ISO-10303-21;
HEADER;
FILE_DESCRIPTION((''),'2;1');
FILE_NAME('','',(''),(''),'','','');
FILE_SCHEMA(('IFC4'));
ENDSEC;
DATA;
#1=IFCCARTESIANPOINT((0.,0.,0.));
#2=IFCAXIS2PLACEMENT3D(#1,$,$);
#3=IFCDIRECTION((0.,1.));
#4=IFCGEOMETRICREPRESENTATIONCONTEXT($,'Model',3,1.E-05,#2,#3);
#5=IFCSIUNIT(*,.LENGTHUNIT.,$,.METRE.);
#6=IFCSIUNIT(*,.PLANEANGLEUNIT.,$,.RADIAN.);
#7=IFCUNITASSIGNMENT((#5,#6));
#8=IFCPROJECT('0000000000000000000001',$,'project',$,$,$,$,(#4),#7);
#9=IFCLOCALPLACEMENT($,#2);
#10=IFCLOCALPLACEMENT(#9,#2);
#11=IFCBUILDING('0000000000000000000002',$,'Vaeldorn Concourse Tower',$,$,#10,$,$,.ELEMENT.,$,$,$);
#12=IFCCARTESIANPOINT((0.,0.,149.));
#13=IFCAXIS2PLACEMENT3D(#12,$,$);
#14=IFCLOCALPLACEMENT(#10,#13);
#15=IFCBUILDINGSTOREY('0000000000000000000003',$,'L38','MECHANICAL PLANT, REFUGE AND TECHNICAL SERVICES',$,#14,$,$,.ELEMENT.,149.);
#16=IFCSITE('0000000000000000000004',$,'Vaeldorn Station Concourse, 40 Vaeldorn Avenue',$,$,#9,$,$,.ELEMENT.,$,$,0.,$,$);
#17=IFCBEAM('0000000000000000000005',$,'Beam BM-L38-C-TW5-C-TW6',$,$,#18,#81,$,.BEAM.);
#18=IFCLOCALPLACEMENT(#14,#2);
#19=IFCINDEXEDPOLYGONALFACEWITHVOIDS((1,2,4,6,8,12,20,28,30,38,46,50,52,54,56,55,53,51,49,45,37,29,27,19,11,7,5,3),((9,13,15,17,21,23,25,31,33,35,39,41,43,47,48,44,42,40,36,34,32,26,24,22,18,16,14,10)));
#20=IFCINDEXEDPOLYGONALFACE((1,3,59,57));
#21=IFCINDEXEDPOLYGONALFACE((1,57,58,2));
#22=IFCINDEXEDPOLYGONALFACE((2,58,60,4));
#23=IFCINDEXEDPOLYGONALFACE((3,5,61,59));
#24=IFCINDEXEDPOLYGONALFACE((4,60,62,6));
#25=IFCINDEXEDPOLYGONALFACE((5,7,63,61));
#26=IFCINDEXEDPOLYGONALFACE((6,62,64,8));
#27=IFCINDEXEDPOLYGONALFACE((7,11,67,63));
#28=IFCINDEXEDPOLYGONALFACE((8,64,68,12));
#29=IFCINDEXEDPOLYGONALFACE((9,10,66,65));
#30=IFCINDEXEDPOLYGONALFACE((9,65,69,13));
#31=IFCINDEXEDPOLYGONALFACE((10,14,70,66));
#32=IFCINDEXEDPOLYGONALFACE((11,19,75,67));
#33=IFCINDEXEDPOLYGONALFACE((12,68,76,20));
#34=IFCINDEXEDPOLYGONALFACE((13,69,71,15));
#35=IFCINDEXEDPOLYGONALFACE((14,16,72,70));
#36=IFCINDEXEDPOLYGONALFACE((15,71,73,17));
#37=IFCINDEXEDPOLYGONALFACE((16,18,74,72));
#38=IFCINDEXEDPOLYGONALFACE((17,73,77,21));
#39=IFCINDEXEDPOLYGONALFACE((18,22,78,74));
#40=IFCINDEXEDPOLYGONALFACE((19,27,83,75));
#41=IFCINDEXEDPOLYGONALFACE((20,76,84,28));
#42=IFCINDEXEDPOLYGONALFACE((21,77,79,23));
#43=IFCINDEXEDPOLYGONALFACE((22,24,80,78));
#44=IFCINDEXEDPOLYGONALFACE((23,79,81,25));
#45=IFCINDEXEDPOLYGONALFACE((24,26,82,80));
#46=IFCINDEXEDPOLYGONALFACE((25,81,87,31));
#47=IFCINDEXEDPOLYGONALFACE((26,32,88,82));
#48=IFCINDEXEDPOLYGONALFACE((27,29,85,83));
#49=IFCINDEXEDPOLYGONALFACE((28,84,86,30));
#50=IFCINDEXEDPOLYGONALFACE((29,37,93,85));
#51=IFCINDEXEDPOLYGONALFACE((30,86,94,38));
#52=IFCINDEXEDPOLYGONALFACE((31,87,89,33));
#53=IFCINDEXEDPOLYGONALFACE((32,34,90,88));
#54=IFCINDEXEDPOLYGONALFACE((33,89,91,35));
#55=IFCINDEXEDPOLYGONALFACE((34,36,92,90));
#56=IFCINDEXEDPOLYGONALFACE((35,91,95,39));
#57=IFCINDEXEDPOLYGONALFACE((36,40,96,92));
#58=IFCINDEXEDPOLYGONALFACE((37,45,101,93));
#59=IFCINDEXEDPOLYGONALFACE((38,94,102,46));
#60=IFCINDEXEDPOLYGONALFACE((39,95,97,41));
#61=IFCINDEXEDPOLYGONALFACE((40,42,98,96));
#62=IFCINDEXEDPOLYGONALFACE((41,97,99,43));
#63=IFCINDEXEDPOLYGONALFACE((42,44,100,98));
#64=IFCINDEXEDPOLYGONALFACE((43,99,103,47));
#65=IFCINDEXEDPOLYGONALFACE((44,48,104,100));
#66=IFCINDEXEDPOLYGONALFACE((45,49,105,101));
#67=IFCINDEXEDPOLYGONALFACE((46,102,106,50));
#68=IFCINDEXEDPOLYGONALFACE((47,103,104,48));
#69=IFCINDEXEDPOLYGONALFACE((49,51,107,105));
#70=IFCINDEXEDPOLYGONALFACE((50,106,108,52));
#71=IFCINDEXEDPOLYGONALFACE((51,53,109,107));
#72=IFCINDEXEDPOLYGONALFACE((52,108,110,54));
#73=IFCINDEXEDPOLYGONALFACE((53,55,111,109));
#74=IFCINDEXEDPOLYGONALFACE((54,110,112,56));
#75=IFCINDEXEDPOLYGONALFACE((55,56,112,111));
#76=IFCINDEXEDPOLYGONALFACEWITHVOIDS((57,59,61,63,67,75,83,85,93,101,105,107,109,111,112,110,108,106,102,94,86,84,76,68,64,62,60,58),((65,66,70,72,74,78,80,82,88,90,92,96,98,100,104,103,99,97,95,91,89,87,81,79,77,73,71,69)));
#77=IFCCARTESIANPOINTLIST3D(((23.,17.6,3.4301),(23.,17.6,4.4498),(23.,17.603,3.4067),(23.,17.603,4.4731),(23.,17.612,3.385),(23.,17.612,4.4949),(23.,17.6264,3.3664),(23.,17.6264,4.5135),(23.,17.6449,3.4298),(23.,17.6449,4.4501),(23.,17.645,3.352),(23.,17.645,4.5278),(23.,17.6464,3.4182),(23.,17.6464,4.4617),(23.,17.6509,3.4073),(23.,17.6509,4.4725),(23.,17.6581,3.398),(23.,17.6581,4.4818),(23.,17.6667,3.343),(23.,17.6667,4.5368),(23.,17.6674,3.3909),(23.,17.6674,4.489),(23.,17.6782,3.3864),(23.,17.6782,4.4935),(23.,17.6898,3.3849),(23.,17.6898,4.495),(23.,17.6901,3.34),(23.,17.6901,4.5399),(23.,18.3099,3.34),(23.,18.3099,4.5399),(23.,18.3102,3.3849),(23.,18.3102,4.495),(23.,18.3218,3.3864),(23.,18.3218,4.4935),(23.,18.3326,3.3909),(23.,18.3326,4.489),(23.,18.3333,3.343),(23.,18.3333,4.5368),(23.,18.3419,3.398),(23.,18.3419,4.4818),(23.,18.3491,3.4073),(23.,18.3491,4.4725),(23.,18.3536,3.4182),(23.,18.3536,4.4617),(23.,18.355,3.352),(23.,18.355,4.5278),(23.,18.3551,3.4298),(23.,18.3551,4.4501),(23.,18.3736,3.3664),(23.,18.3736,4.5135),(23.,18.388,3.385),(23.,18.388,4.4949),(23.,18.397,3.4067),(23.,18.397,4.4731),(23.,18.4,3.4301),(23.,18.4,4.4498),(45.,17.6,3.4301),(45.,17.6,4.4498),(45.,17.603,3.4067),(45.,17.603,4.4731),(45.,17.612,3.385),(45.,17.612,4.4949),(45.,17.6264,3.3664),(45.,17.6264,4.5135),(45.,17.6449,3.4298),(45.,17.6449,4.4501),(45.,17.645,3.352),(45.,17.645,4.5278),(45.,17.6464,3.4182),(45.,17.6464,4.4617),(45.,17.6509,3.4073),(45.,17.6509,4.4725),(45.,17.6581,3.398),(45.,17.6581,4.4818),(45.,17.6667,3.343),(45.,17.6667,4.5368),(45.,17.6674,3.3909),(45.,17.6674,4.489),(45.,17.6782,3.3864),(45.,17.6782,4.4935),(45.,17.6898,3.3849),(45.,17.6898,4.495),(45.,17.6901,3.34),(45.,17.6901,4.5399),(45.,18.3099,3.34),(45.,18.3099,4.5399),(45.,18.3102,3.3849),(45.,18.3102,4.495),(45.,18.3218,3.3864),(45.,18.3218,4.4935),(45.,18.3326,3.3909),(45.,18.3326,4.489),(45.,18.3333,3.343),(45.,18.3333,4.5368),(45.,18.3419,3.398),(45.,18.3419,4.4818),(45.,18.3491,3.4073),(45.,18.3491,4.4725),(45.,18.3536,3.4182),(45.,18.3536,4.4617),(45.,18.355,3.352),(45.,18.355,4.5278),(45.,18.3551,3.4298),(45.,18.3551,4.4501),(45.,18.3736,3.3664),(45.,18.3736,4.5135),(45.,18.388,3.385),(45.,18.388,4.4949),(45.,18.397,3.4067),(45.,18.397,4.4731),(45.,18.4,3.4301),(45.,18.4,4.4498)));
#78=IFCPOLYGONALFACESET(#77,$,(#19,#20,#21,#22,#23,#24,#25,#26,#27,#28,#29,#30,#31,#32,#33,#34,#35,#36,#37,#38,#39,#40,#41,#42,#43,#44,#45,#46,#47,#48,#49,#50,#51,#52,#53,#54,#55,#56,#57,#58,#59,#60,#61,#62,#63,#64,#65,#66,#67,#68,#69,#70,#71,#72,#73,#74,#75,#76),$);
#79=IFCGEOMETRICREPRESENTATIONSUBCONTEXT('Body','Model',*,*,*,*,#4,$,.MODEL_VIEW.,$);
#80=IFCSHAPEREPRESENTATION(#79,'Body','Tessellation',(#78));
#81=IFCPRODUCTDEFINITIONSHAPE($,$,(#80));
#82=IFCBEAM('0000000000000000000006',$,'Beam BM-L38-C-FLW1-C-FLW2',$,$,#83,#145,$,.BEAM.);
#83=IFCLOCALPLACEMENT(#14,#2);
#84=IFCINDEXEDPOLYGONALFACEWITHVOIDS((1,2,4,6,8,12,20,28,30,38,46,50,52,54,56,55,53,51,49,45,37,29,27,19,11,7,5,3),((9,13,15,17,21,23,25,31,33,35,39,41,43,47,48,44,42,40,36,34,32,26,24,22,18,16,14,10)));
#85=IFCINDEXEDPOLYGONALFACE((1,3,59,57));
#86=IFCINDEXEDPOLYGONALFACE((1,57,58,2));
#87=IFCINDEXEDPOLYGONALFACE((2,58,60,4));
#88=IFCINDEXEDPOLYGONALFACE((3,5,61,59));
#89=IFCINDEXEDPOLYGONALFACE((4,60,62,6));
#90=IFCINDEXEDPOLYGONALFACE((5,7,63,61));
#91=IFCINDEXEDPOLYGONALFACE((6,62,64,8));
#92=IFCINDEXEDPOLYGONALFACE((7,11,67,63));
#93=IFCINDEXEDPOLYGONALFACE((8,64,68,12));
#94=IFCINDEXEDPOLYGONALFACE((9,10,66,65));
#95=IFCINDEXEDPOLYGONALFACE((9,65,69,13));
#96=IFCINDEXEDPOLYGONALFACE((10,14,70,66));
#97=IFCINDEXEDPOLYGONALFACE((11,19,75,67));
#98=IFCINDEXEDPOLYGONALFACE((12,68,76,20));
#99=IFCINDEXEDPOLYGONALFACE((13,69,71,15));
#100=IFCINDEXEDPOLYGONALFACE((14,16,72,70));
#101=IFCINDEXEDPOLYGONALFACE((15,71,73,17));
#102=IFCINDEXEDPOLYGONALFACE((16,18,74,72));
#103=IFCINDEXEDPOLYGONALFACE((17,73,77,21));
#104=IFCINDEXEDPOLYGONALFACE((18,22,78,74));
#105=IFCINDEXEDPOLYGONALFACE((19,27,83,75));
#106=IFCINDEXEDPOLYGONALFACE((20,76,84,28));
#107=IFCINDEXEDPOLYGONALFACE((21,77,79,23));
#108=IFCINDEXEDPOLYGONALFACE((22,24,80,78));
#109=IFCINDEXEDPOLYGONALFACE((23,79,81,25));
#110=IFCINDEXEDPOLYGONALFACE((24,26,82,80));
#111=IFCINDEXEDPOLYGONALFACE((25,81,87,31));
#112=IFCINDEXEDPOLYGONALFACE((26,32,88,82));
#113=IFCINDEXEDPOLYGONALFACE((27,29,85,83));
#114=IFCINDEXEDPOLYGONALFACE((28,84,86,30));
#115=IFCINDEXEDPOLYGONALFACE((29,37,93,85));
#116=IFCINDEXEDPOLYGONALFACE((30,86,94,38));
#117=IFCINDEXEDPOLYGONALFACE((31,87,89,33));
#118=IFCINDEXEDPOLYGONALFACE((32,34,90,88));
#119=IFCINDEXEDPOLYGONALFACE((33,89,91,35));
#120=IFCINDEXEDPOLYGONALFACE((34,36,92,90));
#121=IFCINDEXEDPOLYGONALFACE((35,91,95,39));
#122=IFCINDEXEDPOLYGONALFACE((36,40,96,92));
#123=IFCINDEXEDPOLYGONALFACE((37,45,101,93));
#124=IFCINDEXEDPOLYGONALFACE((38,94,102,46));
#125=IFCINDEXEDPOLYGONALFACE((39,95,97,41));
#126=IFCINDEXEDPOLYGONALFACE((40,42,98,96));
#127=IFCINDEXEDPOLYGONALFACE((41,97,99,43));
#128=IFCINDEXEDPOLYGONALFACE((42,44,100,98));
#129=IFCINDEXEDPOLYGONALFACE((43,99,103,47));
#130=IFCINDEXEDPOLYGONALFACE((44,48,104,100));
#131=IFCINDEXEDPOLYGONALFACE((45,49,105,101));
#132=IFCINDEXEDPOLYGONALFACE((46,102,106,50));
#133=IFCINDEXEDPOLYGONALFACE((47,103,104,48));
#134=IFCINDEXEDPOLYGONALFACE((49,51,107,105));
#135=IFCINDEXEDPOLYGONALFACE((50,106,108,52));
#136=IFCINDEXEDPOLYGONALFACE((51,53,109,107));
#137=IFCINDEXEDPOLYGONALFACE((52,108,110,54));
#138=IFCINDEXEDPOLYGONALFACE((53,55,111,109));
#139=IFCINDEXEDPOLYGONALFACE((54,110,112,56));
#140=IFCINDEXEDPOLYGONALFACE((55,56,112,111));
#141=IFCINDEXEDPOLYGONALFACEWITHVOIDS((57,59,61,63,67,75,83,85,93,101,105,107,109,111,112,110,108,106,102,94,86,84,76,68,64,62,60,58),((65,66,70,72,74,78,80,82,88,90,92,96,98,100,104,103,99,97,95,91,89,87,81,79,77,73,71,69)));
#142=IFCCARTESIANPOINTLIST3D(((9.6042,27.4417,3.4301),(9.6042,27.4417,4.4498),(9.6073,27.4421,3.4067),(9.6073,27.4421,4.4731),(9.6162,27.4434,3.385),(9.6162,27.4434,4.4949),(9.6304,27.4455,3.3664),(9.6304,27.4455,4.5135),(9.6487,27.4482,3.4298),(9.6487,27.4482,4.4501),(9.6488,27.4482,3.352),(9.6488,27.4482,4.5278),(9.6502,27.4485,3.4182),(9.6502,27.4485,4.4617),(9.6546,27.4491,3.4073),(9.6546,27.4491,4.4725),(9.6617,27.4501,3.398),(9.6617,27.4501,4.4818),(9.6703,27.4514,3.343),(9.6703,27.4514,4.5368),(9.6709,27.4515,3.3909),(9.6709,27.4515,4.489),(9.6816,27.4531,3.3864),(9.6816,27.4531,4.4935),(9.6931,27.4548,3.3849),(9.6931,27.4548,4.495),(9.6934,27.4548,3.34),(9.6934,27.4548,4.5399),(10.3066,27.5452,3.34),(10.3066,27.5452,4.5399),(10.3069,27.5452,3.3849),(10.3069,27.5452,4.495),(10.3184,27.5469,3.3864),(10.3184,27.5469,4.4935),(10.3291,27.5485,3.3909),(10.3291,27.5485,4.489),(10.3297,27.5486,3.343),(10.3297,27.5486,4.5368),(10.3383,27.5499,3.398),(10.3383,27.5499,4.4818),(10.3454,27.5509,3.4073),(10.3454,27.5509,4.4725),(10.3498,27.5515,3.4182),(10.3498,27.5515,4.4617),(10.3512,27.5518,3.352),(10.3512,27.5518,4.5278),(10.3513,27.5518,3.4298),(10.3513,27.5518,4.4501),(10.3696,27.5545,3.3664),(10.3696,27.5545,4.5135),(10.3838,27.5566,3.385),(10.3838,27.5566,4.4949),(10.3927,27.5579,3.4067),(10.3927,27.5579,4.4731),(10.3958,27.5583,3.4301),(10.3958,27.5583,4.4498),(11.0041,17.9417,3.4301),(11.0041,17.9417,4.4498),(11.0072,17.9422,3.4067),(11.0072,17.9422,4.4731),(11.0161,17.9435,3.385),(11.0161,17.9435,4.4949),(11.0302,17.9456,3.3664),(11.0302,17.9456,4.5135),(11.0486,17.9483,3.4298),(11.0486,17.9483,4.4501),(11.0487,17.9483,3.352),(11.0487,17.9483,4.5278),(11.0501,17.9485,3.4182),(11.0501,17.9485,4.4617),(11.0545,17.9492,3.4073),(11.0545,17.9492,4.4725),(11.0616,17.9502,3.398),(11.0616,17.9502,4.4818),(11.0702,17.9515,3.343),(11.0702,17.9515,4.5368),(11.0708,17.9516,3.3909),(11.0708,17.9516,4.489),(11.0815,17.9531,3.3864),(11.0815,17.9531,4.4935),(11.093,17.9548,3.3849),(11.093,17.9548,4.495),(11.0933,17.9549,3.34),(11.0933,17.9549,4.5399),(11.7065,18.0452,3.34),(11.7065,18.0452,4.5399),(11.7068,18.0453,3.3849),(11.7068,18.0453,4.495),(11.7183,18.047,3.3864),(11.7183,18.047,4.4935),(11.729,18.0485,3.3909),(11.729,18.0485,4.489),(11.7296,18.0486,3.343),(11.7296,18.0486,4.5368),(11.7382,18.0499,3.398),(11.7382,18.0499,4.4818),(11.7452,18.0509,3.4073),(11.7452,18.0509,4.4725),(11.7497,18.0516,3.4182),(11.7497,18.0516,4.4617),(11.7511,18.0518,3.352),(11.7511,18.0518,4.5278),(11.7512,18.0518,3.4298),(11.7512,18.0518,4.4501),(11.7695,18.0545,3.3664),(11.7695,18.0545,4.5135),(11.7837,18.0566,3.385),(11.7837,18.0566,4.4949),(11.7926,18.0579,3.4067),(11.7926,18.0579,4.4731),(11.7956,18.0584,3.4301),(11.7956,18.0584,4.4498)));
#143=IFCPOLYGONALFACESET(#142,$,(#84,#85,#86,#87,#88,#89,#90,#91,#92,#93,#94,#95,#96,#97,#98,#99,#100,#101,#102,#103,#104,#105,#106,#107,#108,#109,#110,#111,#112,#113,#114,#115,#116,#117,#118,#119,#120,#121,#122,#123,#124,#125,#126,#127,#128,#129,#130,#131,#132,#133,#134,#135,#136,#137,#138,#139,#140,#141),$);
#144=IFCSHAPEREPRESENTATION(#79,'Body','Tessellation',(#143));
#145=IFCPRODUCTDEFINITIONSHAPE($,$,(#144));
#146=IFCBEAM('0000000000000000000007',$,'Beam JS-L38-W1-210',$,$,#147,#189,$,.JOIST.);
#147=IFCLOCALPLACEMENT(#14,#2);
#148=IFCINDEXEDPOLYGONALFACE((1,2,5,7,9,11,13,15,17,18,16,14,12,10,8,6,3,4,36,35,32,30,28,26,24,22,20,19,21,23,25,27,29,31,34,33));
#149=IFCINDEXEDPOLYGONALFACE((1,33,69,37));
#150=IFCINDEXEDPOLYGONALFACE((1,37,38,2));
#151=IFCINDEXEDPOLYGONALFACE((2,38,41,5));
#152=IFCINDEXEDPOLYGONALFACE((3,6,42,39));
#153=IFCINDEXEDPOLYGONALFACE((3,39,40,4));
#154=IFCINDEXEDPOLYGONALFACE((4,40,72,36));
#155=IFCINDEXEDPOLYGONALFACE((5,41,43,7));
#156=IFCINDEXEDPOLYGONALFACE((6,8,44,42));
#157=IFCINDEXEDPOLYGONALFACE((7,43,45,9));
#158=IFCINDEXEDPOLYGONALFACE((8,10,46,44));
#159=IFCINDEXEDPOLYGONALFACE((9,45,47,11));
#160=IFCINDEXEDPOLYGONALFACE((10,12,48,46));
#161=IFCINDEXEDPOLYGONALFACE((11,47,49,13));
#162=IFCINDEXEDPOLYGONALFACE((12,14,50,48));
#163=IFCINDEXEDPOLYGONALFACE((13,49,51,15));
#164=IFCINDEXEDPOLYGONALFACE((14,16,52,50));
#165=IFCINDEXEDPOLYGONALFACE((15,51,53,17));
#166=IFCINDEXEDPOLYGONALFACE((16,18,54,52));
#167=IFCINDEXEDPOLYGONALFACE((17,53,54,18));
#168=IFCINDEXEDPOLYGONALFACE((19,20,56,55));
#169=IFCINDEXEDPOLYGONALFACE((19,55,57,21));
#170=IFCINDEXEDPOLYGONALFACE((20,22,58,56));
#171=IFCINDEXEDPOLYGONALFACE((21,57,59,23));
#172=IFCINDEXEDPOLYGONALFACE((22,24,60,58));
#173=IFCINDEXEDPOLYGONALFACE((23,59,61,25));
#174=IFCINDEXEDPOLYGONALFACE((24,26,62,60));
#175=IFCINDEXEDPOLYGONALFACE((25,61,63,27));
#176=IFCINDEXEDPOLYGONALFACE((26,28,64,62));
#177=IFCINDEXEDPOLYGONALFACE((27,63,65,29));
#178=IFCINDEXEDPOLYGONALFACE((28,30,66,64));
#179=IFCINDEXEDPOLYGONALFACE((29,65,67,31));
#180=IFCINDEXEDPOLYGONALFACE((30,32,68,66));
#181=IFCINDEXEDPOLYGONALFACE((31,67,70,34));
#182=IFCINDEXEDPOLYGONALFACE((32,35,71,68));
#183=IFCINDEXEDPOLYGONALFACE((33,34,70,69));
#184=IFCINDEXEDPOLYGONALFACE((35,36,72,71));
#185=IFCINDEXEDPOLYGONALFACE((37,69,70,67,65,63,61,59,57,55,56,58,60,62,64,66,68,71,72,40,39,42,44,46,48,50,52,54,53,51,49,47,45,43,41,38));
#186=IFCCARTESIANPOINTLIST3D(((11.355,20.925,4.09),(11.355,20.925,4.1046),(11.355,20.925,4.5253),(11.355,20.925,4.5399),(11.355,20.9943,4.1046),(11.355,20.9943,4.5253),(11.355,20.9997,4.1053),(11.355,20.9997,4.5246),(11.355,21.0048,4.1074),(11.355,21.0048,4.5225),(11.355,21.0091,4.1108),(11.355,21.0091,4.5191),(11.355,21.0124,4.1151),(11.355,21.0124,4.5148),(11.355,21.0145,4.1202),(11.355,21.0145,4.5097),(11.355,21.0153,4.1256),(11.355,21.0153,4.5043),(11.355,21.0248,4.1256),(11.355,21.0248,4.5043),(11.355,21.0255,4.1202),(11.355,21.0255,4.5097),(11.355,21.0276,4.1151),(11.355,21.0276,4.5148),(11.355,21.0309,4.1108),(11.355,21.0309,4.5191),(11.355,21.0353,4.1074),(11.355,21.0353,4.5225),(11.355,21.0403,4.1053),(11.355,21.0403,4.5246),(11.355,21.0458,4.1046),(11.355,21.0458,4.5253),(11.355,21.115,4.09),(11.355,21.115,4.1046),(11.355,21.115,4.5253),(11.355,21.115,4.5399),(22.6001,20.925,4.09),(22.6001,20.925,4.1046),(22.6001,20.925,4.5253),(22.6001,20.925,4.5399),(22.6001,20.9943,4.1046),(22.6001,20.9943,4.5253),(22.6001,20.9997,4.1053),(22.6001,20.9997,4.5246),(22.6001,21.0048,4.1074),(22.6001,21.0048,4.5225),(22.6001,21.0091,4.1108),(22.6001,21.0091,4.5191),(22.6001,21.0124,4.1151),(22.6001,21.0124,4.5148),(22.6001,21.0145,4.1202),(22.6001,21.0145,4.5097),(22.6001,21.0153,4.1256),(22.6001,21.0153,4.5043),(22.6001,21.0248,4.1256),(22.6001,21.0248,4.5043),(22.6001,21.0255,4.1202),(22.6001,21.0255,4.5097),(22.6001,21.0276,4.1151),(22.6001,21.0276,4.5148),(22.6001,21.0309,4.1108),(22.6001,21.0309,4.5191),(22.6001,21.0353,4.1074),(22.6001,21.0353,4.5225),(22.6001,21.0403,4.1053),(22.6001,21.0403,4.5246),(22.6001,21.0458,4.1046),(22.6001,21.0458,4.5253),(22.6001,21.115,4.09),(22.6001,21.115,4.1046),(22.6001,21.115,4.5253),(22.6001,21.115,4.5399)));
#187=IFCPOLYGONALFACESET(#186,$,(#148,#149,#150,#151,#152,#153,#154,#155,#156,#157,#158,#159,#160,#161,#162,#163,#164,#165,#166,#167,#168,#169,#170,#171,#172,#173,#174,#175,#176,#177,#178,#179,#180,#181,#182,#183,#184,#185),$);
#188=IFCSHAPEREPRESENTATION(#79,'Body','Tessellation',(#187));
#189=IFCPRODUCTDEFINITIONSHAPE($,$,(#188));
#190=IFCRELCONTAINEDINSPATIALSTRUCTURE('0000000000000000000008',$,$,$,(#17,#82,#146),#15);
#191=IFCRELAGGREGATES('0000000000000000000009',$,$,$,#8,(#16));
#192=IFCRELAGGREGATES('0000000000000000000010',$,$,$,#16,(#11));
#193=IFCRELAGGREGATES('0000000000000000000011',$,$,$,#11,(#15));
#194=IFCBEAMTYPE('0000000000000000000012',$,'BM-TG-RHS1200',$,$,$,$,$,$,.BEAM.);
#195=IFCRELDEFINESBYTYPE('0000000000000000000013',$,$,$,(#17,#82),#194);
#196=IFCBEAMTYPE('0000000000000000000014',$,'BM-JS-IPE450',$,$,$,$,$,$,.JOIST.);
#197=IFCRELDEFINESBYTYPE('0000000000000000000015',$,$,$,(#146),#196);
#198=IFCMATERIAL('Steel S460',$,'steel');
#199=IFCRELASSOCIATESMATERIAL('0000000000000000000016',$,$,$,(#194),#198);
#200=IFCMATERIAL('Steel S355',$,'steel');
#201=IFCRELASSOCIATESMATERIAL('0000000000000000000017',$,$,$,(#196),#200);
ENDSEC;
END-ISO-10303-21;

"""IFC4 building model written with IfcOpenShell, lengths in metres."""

from ifc_helpers import new_model, si_unit, direction, frame, origin, origin_2d, place, context, subcontext, project, spatial, hollow_rectangle, i_section, extrude, source, transform, mapped, material, material_profile, profile_set, type_object, element, save


model = new_model("IFC4")

# Units and contexts
model_context = context("Model", 3, precision=1e-05, world=origin(), true_north=direction((0.0, 1.0)))
body_context = subcontext(model_context, "Body", "Model", "MODEL_VIEW")
ifc_project = project(units=[si_unit("LENGTHUNIT", "METRE"), si_unit("PLANEANGLEUNIT", "RADIAN")], contexts=[model_context])

# Site, building, storey
site_placement = place(None, origin())
site = spatial("IfcSite", under=ifc_project, at=site_placement, Name="Vaeldorn Station Concourse, 40 Vaeldorn Avenue", CompositionType="ELEMENT", RefElevation=0.0)
building_placement = place(site_placement, origin())
building = spatial("IfcBuilding", under=site, at=building_placement, Name="Vaeldorn Concourse Tower", CompositionType="ELEMENT")
storey_placement = place(building_placement, frame((0.0, 0.0, 149.0)))
storey = spatial("IfcBuildingStorey", under=building, at=storey_placement, Name="L38", Description="MECHANICAL PLANT, REFUGE AND TECHNICAL SERVICES", CompositionType="ELEMENT", Elevation=149.0)

# Shared definitions
ifc_material_1 = material(Name="Steel S460", Category="steel")

# Beams
ifc_material_profile_1 = material_profile(ifc_material_1, hollow_rectangle(XDim=0.8, YDim=1.2, WallThickness=0.0449, InnerFilletRadius=0.0449, OuterFilletRadius=0.0901, at=origin_2d()), Name="RHS 1200x800x45")
ifc_profile_set_1 = profile_set([ifc_material_profile_1], Name="Steel S460")
beam_type_1 = type_object("IfcBeamType", Name="BM-TG-RHS1200", PredefinedType="BEAM", material=ifc_profile_set_1)
shared_shape_1 = source(origin(), body_context, "Body", "SweptSolid", [
    extrude(hollow_rectangle(XDim=0.8, YDim=1.2, WallThickness=0.0449, InnerFilletRadius=0.0449, OuterFilletRadius=0.0901, at=origin_2d()), origin(), (0.0, 0.0, 1.0), 22.0),
])
beam_1_placement = place(storey_placement, frame((23.0, 18.0, 3.9399), z_axis=(1.0, 0.0, 0.0), x_axis=(0.0, 1.0, 0.0)))
element("IfcBeam", 1, at=beam_1_placement, inside=storey, type_object=beam_type_1, Name="Beam BM-L38-C-TW5-C-TW6", PredefinedType="BEAM", context=body_context, shape_type="MappedRepresentation", body=[
    mapped(shared_shape_1, transform((0.0, 0.0, 0.0), scale=1.0)),
])
shared_shape_2 = source(origin(), body_context, "Body", "SweptSolid", [
    extrude(hollow_rectangle(XDim=0.8, YDim=1.2, WallThickness=0.0449, InnerFilletRadius=0.0449, OuterFilletRadius=0.0901, at=origin_2d()), origin(), (0.0, 0.0, 1.0), 9.6025),
])
beam_2_placement = place(storey_placement, frame((10.0, 27.5, 3.9399), z_axis=(0.145784, -0.989316, 0.0), x_axis=(0.989316, 0.145784, 0.0)))
element("IfcBeam", 2, at=beam_2_placement, inside=storey, type_object=beam_type_1, Name="Beam BM-L38-C-FLW1-C-FLW2", PredefinedType="BEAM", context=body_context, shape_type="MappedRepresentation", body=[
    mapped(shared_shape_2, transform((0.0, 0.0, 0.0), scale=1.0)),
])
ifc_material_2 = material(Name="Steel S355", Category="steel")
ifc_material_profile_2 = material_profile(ifc_material_2, i_section(OverallWidth=0.1899, OverallDepth=0.45, WebThickness=0.0095, FlangeThickness=0.0146, FilletRadius=0.021, at=origin_2d()), Name="IPE 450")
ifc_profile_set_2 = profile_set([ifc_material_profile_2], Name="Steel S355")
beam_type_2 = type_object("IfcBeamType", Name="BM-JS-IPE450", PredefinedType="JOIST", material=ifc_profile_set_2)
shared_shape_3 = source(origin(), body_context, "Body", "SweptSolid", [
    extrude(i_section(OverallWidth=0.1899, OverallDepth=0.45, WebThickness=0.0095, FlangeThickness=0.0146, FilletRadius=0.021, at=origin_2d()), origin(), (0.0, 0.0, 1.0), 11.2451),
])
beam_3_placement = place(storey_placement, frame((11.355, 21.02, 4.3149), z_axis=(1.0, 0.0, 0.0), x_axis=(0.0, 1.0, 0.0)))
element("IfcBeam", 3, at=beam_3_placement, inside=storey, type_object=beam_type_2, Name="Beam JS-L38-W1-210", PredefinedType="JOIST", context=body_context, shape_type="MappedRepresentation", body=[
    mapped(shared_shape_3, transform((0.0, 0.0, 0.0), scale=1.0)),
])

save(model, "model.ifc")
